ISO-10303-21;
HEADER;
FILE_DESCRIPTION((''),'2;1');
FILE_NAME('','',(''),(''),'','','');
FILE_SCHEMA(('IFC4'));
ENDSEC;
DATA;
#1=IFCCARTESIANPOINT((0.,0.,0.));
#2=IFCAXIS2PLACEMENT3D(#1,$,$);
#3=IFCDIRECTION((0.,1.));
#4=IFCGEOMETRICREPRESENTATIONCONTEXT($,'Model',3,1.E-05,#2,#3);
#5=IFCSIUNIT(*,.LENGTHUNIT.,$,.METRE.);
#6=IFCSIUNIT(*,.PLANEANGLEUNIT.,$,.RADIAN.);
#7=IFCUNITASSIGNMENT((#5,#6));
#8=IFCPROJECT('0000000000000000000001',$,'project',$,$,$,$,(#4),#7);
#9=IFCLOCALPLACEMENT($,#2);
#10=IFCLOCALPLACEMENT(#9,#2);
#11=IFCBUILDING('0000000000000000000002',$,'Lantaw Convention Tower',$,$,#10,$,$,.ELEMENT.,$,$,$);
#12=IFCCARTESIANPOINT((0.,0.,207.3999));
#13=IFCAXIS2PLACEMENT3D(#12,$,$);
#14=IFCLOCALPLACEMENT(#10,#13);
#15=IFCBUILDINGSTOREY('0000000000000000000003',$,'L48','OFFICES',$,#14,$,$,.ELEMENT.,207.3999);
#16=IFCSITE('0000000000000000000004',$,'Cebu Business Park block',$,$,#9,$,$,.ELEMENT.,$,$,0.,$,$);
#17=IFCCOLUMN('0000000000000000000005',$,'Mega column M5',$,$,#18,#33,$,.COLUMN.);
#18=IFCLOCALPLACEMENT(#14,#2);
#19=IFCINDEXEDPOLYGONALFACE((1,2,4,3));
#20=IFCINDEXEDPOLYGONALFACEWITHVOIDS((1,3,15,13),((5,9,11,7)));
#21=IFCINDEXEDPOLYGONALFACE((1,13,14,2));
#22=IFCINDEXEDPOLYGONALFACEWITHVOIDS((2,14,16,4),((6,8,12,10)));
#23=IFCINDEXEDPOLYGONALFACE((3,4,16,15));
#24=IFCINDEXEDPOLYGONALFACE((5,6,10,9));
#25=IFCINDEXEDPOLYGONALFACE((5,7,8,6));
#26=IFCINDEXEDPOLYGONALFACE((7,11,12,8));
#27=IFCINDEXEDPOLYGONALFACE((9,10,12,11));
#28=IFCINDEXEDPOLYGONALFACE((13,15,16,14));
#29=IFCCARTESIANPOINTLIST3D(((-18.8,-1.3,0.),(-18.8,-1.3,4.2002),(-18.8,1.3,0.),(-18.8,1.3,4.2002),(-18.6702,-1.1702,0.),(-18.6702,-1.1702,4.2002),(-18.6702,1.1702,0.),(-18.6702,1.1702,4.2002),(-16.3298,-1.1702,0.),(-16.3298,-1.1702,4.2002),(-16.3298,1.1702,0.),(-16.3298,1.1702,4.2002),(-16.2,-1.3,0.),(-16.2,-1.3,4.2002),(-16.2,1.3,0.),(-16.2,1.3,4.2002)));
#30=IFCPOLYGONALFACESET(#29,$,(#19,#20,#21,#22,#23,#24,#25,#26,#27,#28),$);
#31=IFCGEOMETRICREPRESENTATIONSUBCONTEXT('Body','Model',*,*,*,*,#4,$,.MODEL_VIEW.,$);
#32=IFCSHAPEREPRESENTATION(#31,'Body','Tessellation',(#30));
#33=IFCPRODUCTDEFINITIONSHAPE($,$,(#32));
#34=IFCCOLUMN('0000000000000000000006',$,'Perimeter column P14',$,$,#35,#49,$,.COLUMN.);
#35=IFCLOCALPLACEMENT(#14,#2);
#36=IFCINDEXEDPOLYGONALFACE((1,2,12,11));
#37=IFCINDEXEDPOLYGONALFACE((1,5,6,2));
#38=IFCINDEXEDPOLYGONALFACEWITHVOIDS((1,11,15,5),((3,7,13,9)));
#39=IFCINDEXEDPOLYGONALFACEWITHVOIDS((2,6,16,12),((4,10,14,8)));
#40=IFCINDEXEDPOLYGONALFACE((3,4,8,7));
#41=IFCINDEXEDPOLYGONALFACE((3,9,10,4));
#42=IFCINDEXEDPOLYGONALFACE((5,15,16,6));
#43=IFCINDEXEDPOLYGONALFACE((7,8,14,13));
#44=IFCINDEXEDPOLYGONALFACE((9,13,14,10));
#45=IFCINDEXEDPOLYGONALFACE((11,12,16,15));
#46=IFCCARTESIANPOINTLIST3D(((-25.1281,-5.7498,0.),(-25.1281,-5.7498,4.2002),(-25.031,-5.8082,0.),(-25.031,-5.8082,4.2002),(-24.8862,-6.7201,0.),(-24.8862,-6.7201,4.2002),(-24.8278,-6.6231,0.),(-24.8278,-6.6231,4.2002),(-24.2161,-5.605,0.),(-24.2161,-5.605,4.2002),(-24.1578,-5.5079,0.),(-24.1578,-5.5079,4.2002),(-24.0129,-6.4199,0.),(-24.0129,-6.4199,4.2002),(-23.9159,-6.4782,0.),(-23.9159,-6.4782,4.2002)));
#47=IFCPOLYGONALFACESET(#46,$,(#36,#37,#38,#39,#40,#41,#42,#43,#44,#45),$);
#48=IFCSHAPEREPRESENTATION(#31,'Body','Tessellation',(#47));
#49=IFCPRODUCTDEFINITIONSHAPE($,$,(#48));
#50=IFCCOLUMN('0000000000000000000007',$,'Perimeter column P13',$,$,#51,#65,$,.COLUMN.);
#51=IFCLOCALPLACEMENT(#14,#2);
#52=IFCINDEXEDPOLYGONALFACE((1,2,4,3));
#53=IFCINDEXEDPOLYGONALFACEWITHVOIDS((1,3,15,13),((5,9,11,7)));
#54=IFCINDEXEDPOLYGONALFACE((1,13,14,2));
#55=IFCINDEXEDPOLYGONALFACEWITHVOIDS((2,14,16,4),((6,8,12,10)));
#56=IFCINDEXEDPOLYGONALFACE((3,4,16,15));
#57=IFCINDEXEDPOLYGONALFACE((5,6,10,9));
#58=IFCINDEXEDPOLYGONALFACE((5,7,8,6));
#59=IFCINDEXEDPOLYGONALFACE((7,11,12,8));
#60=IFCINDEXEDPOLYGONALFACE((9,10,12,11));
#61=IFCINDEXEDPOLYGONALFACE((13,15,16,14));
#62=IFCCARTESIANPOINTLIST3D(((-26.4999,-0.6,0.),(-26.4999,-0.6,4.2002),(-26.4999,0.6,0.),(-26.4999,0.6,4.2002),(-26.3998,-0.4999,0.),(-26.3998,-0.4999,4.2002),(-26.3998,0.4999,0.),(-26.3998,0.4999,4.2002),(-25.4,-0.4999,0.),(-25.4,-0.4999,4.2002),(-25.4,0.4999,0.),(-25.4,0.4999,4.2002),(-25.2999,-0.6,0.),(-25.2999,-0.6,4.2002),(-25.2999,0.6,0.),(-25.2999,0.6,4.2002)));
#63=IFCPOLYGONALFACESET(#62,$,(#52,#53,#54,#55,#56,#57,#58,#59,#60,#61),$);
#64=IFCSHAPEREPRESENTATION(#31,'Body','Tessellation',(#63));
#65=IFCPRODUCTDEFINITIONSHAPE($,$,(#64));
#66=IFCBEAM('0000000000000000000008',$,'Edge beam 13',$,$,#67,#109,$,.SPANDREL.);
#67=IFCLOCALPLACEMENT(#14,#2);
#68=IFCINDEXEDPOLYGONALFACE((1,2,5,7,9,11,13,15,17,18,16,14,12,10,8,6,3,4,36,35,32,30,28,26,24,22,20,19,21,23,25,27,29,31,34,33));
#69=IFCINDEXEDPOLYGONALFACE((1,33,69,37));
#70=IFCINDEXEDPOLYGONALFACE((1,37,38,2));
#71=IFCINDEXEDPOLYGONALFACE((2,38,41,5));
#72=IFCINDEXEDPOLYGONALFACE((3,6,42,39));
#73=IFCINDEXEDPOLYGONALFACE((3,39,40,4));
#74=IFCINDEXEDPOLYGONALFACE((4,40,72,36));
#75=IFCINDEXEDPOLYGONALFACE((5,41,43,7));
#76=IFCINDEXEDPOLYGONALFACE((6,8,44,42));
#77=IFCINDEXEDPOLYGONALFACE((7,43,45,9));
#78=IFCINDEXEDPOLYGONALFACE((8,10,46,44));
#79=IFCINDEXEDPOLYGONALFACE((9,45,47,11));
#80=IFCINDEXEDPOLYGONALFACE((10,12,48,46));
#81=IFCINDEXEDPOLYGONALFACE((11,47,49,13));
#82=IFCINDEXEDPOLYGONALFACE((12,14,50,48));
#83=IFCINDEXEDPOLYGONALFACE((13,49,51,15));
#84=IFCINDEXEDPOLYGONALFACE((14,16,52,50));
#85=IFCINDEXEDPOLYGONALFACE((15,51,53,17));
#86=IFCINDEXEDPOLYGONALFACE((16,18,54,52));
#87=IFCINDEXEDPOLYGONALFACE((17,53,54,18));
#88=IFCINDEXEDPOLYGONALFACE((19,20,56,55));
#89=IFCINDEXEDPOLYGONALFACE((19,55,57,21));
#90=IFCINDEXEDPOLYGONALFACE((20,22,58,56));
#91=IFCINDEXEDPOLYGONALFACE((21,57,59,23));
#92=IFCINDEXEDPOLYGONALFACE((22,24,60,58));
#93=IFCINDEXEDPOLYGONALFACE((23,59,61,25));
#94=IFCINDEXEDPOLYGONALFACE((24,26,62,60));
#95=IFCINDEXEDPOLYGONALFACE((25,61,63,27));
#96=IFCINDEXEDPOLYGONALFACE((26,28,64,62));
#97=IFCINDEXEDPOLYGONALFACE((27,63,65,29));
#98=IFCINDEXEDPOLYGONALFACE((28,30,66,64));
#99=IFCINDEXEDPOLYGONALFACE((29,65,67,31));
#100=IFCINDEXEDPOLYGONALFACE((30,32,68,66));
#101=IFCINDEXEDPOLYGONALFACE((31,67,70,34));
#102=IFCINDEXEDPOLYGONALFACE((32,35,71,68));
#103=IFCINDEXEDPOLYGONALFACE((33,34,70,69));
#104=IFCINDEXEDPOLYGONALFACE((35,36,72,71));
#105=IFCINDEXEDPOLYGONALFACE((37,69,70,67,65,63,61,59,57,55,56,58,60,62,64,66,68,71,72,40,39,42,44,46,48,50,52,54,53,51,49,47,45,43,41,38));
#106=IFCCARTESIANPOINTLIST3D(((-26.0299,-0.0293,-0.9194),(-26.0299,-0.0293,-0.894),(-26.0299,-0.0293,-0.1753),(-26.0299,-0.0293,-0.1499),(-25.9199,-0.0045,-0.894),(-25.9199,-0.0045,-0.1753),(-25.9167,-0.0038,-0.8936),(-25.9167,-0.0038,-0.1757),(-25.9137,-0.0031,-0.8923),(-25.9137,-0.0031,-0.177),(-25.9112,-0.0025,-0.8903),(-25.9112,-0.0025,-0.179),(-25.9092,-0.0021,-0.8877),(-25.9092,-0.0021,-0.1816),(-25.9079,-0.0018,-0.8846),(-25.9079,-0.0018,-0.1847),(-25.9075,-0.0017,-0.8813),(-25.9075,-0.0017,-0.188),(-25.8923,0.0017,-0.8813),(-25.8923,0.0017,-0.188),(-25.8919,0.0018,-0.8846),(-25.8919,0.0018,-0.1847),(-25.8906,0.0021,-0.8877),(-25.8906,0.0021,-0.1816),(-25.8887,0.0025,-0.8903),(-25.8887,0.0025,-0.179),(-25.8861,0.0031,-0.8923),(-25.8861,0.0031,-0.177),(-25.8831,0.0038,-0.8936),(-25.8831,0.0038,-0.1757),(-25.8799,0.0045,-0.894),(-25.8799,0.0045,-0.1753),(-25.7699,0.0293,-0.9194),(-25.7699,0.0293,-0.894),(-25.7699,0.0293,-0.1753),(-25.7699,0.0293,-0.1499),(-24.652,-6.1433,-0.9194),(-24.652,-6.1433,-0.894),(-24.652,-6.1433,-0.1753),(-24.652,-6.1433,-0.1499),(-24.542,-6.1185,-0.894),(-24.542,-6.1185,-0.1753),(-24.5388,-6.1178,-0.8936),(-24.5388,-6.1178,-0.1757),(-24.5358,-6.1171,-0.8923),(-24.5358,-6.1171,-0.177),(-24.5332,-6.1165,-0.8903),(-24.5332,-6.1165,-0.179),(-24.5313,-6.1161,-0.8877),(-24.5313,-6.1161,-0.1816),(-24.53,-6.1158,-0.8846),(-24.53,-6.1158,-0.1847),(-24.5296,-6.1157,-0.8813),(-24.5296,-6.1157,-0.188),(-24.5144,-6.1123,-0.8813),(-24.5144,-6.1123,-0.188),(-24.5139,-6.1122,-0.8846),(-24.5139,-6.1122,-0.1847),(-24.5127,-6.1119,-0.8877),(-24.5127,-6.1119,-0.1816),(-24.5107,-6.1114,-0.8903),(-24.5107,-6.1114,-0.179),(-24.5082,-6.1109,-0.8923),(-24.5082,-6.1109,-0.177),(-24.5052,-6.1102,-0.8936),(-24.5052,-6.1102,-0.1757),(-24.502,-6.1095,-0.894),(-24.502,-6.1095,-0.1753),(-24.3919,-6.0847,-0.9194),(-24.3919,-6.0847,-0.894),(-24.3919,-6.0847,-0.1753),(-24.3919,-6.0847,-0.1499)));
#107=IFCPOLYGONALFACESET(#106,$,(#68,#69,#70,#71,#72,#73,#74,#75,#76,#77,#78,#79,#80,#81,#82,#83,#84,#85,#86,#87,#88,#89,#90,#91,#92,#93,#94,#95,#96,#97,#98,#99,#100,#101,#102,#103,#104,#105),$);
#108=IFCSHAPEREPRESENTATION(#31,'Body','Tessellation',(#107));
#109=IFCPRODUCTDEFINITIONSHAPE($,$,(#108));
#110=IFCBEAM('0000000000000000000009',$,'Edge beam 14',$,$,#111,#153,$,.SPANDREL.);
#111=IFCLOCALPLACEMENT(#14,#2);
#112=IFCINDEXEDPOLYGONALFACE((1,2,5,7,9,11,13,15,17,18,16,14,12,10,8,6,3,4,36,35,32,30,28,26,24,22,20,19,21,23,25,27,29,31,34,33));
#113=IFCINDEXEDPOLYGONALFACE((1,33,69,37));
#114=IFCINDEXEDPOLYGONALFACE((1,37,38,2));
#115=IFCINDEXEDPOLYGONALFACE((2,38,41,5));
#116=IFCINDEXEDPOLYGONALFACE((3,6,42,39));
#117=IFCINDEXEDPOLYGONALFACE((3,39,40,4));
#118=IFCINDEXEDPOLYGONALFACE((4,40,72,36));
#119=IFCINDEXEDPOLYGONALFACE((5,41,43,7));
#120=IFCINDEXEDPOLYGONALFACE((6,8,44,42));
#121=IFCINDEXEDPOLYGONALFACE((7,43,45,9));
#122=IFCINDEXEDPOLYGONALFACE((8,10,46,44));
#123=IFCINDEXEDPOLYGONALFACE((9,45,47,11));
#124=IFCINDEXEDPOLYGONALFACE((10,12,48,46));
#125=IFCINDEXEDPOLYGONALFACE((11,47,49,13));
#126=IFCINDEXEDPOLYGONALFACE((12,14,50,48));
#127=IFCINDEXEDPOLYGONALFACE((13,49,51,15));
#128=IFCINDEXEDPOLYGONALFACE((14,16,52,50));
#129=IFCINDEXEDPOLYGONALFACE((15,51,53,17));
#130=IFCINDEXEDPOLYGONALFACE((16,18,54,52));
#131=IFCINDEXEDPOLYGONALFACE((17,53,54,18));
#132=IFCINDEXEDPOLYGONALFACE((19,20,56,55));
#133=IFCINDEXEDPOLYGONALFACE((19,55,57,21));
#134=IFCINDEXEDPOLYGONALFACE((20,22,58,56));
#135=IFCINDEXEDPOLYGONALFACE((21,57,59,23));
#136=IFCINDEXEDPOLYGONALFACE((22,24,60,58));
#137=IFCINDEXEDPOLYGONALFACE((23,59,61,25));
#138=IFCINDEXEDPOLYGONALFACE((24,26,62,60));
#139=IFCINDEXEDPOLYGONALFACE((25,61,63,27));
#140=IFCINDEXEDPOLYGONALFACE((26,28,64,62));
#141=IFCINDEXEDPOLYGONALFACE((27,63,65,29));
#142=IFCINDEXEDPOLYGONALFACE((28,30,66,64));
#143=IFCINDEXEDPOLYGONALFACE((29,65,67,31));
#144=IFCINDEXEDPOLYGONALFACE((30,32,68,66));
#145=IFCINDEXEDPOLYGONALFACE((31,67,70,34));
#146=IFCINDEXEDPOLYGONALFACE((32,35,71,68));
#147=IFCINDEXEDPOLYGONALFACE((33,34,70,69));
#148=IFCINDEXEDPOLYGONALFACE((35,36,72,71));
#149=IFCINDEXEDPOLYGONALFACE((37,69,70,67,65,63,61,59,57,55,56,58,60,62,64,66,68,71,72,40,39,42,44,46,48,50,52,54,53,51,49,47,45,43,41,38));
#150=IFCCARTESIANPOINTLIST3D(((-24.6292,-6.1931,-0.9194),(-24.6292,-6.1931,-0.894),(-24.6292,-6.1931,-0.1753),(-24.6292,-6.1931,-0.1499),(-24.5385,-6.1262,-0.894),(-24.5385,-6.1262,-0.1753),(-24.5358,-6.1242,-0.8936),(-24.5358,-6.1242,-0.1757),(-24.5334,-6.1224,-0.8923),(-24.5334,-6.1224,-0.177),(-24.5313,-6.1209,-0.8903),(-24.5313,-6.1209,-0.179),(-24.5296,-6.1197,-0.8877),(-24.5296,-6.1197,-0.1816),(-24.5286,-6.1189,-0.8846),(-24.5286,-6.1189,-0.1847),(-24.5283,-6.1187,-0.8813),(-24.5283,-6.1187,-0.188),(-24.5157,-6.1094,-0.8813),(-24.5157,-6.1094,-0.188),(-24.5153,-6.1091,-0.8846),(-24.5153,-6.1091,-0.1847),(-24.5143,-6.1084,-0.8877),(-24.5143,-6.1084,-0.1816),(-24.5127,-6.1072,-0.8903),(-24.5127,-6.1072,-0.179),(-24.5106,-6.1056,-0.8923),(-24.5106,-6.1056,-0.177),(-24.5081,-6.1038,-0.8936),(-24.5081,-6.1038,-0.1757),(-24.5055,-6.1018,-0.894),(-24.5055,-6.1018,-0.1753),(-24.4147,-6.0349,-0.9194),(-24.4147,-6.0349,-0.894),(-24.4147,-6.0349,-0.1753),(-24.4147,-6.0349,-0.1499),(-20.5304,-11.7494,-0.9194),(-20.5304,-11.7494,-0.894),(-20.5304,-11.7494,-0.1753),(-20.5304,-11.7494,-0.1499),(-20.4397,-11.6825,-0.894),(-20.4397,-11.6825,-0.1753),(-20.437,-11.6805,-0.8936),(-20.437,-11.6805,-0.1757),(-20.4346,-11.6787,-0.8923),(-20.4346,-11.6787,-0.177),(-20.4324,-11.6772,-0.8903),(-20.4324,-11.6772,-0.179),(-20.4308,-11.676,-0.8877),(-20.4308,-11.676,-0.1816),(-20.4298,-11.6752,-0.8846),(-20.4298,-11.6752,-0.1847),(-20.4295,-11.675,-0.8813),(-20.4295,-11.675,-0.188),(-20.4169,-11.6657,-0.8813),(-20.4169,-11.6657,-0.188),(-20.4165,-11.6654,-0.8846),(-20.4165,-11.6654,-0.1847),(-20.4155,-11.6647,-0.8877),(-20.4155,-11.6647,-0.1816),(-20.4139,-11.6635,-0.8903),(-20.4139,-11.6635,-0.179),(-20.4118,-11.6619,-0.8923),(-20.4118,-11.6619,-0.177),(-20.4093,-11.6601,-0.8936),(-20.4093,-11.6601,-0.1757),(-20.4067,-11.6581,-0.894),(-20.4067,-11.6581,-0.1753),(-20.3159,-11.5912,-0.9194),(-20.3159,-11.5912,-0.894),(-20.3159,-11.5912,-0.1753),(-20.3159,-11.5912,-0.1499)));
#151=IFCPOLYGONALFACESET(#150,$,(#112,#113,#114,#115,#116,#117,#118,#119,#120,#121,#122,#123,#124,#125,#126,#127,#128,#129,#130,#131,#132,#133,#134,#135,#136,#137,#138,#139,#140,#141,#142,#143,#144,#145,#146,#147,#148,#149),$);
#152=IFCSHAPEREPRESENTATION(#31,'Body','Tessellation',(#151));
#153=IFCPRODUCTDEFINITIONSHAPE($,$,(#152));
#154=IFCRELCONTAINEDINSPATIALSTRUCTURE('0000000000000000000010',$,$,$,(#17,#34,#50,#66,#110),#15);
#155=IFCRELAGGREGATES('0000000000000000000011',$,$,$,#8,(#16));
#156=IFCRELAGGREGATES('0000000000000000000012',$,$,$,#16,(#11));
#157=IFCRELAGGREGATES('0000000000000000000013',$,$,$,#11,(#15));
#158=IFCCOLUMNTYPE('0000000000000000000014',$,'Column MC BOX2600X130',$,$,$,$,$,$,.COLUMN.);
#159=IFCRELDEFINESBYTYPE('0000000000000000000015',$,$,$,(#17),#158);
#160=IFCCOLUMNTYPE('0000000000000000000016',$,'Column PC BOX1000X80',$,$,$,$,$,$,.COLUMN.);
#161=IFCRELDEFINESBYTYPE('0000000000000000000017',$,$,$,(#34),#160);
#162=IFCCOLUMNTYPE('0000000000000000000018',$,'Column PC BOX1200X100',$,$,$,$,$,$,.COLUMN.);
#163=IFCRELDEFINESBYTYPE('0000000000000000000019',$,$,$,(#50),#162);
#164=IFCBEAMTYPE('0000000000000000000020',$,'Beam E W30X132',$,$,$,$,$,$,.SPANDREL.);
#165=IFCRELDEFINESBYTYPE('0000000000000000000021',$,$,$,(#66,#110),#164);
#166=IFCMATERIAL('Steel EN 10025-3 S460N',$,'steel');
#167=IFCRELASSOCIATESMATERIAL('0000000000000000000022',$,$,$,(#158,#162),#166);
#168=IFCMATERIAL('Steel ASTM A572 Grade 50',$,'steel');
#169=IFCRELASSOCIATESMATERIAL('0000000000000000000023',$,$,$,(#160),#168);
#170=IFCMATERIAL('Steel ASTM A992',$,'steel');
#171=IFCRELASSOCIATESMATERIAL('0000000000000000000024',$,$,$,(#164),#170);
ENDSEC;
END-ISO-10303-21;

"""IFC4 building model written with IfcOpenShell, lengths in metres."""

from ifc_helpers import new_model, si_unit, direction, frame, origin, origin_2d, place, context, subcontext, project, spatial, rectangle, hollow_rectangle, i_section, extrude, material, material_profile, profile_set, type_object, element, save


model = new_model("IFC4")

# Units and contexts
model_context = context("Model", 3, precision=1e-05, world=origin(), true_north=direction((0.0, 1.0)))
body_context = subcontext(model_context, "Body", "Model", "MODEL_VIEW")
ifc_project = project(units=[si_unit("LENGTHUNIT", "METRE"), si_unit("PLANEANGLEUNIT", "RADIAN")], contexts=[model_context])

# Site, building, storey
site_placement = place(None, origin())
site = spatial("IfcSite", under=ifc_project, at=site_placement, Name="Cebu Business Park block", CompositionType="ELEMENT", RefElevation=0.0)
building_placement = place(site_placement, origin())
building = spatial("IfcBuilding", under=site, at=building_placement, Name="Lantaw Convention Tower", CompositionType="ELEMENT")
storey_placement = place(building_placement, frame((0.0, 0.0, 207.3999)))
storey = spatial("IfcBuildingStorey", under=building, at=storey_placement, Name="L48", Description="OFFICES", CompositionType="ELEMENT", Elevation=207.3999)

# Columns
ifc_material_1 = material(Name="Steel EN 10025-3 S460N", Category="steel")
ifc_material_profile_1 = material_profile(ifc_material_1, hollow_rectangle(XDim=2.6001, YDim=2.6001, WallThickness=0.1299, at=origin_2d()), Name="BOX2600X130")
ifc_material_2 = material(Name="Concrete C60/75", Category="concrete")
ifc_material_profile_2 = material_profile(ifc_material_2, rectangle(XDim=2.3401, YDim=2.3401, at=origin_2d()), Name="Concrete fill of BOX2600X130")
ifc_profile_set_1 = profile_set([ifc_material_profile_1, ifc_material_profile_2], Name="Steel EN 10025-3 S460N")
column_type_1 = type_object("IfcColumnType", Name="Column MC BOX2600X130", PredefinedType="COLUMN", material=ifc_profile_set_1)
column_1_placement = place(storey_placement, frame((-17.5, 0.0, 0.0), z_axis=(0.0, 0.0, 1.0), x_axis=(1.0, 0.0, 0.0)))
element("IfcColumn", 1, at=column_1_placement, inside=storey, type_object=column_type_1, Name="Mega column M5", PredefinedType="COLUMN", context=body_context, shape_type="SweptSolid", body=[
    extrude(hollow_rectangle(XDim=2.6001, YDim=2.6001, WallThickness=0.1299, at=origin_2d()), origin(), (0.0, 0.0, 1.0), 4.2002),
])
ifc_material_3 = material(Name="Steel ASTM A572 Grade 50", Category="steel")
ifc_material_profile_3 = material_profile(ifc_material_3, hollow_rectangle(XDim=1.0, YDim=1.0, WallThickness=0.0801, at=origin_2d()), Name="BOX1000X80")
ifc_material_profile_4 = material_profile(ifc_material_2, rectangle(XDim=0.8401, YDim=0.8401, at=origin_2d()), Name="Concrete fill of BOX1000X80")
ifc_profile_set_2 = profile_set([ifc_material_profile_3, ifc_material_profile_4], Name="Steel ASTM A572 Grade 50")
column_type_2 = type_object("IfcColumnType", Name="Column PC BOX1000X80", PredefinedType="COLUMN", material=ifc_profile_set_2)
column_2_placement = place(storey_placement, frame((-24.522, -6.114, 0.0), z_axis=(0.0, 0.0, 1.0), x_axis=(0.970296, 0.241922, 0.0)))
element("IfcColumn", 2, at=column_2_placement, inside=storey, type_object=column_type_2, Name="Perimeter column P14", PredefinedType="COLUMN", context=body_context, shape_type="SweptSolid", body=[
    extrude(hollow_rectangle(XDim=1.0, YDim=1.0, WallThickness=0.0801, at=origin_2d()), origin(), (0.0, 0.0, 1.0), 4.2002),
])
ifc_material_profile_5 = material_profile(ifc_material_1, hollow_rectangle(XDim=1.2, YDim=1.2, WallThickness=0.1001, at=origin_2d()), Name="BOX1200X100")
ifc_material_profile_6 = material_profile(ifc_material_2, rectangle(XDim=1.0, YDim=1.0, at=origin_2d()), Name="Concrete fill of BOX1200X100")
ifc_profile_set_3 = profile_set([ifc_material_profile_5, ifc_material_profile_6], Name="Steel EN 10025-3 S460N")
column_type_3 = type_object("IfcColumnType", Name="Column PC BOX1200X100", PredefinedType="COLUMN", material=ifc_profile_set_3)
column_3_placement = place(storey_placement, frame((-25.8999, 0.0, 0.0), z_axis=(0.0, 0.0, 1.0), x_axis=(1.0, 0.0, 0.0)))
element("IfcColumn", 3, at=column_3_placement, inside=storey, type_object=column_type_3, Name="Perimeter column P13", PredefinedType="COLUMN", context=body_context, shape_type="SweptSolid", body=[
    extrude(hollow_rectangle(XDim=1.2, YDim=1.2, WallThickness=0.1001, at=origin_2d()), origin(), (0.0, 0.0, 1.0), 4.2002),
])

# Beams
ifc_material_4 = material(Name="Steel ASTM A992", Category="steel")
ifc_material_profile_7 = material_profile(ifc_material_4, i_section(OverallWidth=0.2666, OverallDepth=0.7695, WebThickness=0.0156, FlangeThickness=0.0254, FilletRadius=0.0127, at=origin_2d()), Name="W30X132")
ifc_profile_set_4 = profile_set([ifc_material_profile_7], Name="Steel ASTM A992")
beam_type_1 = type_object("IfcBeamType", Name="Beam E W30X132", PredefinedType="SPANDREL", material=ifc_profile_set_4)
beam_1_placement = place(storey_placement, frame((-25.8999, 0.0, -0.5347), z_axis=(0.219858, -0.975532, 0.0), x_axis=(0.975532, 0.219858, 0.0)))
element("IfcBeam", 4, at=beam_1_placement, inside=storey, type_object=beam_type_1, Name="Edge beam 13", PredefinedType="SPANDREL", context=body_context, shape_type="SweptSolid", body=[
    extrude(i_section(OverallWidth=0.2666, OverallDepth=0.7695, WebThickness=0.0156, FlangeThickness=0.0254, FilletRadius=0.0127, at=origin_2d()), origin(), (0.0, 0.0, 1.0), 6.2673),
])
beam_2_placement = place(storey_placement, frame((-24.522, -6.114, -0.5347), z_axis=(0.593639, -0.804731, 0.0), x_axis=(0.804731, 0.593639, 0.0)))
element("IfcBeam", 5, at=beam_2_placement, inside=storey, type_object=beam_type_1, Name="Edge beam 14", PredefinedType="SPANDREL", context=body_context, shape_type="SweptSolid", body=[
    extrude(i_section(OverallWidth=0.2666, OverallDepth=0.7695, WebThickness=0.0156, FlangeThickness=0.0254, FilletRadius=0.0127, at=origin_2d()), origin(), (0.0, 0.0, 1.0), 6.9045),
])

save(model, "model.ifc")
